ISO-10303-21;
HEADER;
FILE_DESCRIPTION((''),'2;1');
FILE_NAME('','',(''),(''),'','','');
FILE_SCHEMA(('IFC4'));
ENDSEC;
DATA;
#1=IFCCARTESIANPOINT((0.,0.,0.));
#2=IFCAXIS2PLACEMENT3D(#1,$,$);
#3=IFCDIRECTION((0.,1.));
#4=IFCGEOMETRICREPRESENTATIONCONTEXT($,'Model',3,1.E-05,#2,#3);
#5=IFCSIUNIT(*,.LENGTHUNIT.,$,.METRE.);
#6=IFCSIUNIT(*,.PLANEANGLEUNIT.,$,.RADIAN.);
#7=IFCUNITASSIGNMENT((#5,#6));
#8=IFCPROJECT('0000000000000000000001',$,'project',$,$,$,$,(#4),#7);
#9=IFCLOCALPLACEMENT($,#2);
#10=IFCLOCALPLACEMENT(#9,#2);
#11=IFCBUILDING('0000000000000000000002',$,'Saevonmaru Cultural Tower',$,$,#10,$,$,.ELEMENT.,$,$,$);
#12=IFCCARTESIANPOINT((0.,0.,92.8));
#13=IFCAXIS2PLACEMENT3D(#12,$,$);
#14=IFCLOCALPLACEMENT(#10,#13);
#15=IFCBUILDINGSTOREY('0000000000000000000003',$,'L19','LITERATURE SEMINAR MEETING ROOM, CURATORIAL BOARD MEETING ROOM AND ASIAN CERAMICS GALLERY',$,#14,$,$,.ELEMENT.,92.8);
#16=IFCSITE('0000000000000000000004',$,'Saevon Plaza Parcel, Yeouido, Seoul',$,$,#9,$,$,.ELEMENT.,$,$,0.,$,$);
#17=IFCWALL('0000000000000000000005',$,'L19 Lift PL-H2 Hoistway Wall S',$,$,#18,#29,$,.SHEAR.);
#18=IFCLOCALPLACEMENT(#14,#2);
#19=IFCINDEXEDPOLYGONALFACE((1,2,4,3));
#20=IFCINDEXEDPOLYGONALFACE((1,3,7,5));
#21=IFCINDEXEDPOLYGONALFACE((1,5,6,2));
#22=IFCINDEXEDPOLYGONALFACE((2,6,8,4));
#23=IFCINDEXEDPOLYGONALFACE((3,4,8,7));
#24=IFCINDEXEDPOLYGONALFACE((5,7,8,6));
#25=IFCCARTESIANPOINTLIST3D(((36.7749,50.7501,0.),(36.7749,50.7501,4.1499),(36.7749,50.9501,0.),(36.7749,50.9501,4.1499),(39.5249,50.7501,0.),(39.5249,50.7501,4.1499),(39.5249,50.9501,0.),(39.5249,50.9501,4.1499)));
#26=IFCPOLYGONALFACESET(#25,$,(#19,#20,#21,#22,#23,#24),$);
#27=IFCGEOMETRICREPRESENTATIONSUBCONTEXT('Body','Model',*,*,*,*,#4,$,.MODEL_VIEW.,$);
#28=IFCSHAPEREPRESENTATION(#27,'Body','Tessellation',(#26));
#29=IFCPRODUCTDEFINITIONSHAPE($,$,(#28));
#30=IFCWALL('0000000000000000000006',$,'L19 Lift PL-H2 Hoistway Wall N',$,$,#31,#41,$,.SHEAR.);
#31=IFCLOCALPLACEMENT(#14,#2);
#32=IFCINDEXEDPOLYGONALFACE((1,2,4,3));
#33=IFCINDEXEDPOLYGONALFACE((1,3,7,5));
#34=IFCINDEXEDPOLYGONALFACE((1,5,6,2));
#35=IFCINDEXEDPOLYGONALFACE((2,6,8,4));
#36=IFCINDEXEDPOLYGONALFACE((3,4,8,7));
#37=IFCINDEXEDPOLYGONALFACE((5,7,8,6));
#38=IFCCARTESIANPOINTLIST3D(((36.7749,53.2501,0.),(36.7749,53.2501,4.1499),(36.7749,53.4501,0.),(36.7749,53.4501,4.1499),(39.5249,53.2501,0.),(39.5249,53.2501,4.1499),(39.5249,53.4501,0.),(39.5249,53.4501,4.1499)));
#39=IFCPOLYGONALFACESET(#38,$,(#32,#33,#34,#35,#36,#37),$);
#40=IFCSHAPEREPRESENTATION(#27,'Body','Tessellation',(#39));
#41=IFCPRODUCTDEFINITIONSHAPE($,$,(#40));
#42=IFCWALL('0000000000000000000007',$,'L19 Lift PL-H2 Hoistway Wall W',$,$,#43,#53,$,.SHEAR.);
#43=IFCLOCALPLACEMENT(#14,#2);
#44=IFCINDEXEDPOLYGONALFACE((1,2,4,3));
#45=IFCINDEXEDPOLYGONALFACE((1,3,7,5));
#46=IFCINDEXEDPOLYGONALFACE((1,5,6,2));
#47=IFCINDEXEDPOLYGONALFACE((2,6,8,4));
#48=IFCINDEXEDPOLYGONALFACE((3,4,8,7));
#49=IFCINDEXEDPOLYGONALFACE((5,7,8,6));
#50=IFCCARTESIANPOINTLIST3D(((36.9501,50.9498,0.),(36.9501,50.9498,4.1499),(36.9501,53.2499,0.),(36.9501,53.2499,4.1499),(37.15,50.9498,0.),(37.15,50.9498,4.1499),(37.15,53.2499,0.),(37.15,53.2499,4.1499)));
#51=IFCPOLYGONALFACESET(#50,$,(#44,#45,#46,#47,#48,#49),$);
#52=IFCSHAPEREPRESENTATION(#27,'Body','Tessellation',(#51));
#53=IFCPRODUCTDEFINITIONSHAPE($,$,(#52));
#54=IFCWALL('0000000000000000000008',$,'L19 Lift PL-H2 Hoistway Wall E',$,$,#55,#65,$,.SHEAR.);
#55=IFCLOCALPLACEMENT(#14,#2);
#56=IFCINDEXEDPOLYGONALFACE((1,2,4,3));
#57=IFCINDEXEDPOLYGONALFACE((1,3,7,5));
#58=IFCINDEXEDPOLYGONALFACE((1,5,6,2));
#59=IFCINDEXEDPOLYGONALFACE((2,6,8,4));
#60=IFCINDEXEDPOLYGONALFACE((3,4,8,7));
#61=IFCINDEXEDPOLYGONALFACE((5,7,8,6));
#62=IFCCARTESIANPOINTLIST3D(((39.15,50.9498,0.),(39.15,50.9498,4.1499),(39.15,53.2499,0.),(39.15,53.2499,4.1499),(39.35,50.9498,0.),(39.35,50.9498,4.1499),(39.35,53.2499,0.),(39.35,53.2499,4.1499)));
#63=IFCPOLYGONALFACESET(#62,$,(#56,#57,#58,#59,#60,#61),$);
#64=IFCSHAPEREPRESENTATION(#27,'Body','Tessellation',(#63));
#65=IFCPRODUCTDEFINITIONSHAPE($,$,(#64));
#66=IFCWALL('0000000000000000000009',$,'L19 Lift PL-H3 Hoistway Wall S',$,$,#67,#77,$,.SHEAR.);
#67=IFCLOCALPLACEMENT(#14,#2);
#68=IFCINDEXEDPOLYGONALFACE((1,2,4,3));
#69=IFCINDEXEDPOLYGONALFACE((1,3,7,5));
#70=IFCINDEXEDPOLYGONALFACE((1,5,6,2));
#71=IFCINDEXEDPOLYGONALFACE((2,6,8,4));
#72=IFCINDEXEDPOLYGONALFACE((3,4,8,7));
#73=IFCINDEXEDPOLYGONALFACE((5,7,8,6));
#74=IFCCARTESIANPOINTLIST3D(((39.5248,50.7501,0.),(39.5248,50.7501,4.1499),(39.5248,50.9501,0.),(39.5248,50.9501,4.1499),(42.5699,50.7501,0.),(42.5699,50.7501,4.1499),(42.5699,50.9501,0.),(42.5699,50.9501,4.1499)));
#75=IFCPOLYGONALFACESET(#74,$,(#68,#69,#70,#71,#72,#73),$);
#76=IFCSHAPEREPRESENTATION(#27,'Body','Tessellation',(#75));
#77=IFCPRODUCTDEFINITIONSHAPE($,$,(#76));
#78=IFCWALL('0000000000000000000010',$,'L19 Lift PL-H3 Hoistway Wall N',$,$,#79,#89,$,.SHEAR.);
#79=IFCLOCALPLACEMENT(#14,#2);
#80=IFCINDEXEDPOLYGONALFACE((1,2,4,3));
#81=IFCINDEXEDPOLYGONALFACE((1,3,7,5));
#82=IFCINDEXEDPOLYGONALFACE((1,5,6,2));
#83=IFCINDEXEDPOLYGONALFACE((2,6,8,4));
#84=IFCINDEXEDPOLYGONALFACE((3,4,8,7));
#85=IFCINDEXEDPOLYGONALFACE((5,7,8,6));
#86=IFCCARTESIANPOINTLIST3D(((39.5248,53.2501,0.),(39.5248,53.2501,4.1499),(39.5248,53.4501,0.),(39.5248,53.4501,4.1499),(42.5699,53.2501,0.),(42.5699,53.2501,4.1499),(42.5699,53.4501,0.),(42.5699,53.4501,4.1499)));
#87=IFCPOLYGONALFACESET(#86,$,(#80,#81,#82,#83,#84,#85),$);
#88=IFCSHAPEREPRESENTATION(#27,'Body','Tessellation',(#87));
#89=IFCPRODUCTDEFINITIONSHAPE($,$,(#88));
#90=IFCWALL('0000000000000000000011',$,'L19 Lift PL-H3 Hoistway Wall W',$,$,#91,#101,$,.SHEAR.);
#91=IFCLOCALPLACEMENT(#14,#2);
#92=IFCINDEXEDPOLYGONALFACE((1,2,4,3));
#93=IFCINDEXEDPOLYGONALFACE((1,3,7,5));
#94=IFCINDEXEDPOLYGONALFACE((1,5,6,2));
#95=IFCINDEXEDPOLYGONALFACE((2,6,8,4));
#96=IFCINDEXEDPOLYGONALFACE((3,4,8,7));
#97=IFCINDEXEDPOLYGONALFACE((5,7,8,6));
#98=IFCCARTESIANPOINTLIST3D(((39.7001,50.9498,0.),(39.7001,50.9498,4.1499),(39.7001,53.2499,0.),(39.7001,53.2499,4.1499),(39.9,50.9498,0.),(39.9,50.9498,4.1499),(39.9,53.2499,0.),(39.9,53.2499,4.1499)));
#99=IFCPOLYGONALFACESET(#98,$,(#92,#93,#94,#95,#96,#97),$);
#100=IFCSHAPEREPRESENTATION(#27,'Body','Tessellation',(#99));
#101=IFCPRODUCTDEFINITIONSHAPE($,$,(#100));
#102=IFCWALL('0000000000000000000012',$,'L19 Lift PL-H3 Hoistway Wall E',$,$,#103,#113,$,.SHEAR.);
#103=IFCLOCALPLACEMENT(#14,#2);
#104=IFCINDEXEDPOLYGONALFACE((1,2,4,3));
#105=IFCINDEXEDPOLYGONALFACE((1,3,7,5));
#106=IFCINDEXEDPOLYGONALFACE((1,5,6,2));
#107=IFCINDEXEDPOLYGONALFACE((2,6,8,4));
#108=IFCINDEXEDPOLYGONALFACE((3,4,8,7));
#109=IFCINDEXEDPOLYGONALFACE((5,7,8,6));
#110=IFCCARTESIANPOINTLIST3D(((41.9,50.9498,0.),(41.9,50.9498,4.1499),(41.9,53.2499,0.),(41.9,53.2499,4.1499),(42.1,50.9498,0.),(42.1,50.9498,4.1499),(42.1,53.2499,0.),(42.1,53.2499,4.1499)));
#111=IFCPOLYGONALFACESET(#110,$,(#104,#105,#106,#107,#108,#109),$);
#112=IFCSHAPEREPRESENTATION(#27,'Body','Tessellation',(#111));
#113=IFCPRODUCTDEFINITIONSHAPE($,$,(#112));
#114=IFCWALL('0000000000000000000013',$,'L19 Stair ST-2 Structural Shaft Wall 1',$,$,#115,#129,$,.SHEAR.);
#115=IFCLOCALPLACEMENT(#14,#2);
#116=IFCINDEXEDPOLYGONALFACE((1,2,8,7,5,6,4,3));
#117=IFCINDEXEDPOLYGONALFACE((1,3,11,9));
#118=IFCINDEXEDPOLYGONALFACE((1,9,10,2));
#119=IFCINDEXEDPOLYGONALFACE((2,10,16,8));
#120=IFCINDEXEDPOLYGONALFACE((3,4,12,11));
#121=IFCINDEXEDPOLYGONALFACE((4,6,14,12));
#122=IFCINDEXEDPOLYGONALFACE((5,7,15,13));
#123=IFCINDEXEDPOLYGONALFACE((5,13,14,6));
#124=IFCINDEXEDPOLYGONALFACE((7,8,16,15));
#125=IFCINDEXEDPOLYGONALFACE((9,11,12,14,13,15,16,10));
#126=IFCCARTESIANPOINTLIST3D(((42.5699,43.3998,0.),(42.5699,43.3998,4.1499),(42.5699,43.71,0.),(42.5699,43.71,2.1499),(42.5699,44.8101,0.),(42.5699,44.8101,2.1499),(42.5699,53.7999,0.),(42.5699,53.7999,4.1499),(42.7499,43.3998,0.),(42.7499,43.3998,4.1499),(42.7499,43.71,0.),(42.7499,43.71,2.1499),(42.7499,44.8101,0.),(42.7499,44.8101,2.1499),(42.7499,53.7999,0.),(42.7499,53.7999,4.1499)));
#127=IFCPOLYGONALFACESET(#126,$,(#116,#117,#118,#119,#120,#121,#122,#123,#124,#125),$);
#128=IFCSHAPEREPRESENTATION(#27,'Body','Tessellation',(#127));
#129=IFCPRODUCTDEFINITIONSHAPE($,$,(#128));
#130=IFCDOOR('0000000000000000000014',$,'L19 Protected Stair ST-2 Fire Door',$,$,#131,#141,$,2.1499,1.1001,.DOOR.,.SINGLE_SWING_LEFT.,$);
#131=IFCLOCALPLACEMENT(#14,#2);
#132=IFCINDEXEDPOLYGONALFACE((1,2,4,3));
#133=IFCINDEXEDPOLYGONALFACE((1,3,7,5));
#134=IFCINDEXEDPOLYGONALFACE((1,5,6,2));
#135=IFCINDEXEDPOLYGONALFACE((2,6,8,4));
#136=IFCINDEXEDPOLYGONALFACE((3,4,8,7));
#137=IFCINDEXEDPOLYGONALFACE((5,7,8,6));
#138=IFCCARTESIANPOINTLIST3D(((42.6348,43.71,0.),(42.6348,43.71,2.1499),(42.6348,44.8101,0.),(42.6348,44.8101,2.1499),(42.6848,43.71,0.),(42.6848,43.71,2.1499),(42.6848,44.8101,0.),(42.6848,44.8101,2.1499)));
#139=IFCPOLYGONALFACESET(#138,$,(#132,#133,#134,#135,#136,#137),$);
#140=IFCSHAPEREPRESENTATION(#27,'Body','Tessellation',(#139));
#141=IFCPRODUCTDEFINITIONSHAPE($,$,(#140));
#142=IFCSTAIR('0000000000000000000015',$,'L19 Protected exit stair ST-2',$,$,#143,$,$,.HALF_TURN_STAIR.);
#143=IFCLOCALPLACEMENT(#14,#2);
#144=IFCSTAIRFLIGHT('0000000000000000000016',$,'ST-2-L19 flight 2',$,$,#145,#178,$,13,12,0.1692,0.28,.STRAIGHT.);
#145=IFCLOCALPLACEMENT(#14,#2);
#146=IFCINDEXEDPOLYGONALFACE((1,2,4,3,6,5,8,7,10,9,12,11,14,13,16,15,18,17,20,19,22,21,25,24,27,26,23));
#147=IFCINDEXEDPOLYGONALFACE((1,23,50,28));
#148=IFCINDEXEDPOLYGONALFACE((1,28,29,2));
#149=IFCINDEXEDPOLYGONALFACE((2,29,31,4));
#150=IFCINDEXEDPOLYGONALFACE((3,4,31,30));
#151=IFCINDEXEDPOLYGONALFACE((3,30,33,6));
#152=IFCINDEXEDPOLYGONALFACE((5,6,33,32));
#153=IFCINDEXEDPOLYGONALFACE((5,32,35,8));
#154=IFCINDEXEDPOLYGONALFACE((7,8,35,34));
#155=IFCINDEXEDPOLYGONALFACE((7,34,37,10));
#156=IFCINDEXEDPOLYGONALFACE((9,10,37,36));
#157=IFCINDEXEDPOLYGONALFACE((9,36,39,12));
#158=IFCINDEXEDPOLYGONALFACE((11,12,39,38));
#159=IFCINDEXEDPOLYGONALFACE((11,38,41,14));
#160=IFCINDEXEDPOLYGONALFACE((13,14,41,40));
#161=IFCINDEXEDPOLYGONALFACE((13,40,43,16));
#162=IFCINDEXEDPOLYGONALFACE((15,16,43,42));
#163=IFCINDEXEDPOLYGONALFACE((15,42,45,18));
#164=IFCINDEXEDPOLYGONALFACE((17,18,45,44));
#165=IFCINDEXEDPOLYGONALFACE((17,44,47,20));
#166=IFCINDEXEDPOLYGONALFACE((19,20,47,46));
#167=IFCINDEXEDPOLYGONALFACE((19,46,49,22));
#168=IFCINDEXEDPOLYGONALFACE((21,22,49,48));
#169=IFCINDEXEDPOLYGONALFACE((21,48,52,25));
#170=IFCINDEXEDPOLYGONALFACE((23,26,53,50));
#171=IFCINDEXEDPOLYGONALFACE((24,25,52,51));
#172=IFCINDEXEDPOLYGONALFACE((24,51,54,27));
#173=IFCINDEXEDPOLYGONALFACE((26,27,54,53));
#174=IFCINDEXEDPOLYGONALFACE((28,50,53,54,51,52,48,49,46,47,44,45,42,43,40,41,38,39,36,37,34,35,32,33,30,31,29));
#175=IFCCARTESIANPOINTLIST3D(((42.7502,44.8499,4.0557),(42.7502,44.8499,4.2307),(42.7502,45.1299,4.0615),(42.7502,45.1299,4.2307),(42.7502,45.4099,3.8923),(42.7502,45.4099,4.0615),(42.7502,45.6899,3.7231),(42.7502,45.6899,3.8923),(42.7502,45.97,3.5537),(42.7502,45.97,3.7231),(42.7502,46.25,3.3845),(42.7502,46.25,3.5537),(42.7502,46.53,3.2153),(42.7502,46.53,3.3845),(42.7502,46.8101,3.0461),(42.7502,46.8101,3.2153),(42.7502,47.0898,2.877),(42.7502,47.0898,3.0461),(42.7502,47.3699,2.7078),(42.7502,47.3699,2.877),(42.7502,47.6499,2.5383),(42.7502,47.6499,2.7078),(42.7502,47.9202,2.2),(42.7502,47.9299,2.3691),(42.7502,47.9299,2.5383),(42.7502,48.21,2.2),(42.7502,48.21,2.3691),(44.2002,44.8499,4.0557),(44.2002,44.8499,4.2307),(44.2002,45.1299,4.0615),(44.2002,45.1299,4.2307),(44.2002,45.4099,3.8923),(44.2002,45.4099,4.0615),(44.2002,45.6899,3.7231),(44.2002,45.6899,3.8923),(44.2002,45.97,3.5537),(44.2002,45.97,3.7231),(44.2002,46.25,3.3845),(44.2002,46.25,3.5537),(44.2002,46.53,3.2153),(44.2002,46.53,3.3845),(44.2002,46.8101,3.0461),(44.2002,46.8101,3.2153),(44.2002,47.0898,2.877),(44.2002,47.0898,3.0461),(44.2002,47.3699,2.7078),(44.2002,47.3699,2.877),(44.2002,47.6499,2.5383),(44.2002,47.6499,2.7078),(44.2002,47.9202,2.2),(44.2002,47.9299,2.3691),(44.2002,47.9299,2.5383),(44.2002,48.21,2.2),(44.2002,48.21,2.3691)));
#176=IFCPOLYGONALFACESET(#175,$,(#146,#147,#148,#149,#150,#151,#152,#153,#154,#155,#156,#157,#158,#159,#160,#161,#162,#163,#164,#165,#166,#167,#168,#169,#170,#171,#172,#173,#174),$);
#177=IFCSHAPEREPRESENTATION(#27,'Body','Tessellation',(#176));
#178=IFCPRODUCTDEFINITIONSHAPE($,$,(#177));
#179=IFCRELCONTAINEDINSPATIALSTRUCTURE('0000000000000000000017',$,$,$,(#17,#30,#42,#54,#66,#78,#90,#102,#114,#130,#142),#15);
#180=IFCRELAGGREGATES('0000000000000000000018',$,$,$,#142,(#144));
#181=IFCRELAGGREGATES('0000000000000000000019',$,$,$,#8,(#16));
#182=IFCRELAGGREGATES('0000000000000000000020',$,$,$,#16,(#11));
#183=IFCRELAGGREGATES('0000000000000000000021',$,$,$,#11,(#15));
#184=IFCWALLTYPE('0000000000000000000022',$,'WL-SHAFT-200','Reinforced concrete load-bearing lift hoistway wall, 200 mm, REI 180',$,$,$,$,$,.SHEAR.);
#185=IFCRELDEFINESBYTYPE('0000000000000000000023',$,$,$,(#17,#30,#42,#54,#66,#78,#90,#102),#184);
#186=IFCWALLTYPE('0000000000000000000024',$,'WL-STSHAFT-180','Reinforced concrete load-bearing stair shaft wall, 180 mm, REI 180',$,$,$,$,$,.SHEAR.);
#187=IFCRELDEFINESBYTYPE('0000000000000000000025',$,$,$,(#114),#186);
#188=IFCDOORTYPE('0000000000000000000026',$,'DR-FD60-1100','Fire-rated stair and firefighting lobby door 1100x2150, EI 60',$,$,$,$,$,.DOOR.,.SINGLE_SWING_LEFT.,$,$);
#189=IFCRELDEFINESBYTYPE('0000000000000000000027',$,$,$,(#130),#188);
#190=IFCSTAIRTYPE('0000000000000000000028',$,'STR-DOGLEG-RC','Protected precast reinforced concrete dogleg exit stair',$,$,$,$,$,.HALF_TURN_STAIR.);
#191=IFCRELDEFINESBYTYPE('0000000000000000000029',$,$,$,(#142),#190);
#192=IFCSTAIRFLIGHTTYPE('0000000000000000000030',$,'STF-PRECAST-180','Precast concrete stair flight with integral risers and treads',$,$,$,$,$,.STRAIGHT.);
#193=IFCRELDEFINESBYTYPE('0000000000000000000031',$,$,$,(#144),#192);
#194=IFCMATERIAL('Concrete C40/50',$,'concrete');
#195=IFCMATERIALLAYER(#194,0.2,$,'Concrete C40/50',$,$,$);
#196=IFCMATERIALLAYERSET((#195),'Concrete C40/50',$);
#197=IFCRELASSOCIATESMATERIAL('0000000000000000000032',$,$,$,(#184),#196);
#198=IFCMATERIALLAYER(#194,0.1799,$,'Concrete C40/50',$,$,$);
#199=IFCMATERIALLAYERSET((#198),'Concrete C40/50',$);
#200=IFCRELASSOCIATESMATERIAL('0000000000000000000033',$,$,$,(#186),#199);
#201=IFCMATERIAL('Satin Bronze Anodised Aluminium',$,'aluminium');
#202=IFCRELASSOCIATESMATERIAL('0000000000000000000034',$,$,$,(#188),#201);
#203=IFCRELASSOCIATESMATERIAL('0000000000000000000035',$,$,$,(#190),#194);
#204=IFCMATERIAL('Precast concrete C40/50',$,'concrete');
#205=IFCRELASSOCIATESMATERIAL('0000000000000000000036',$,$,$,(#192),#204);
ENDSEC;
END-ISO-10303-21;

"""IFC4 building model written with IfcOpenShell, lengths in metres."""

from ifc_helpers import new_model, si_unit, direction, frame, frame_2d, origin, place, context, subcontext, project, spatial, polyline, rectangle, outline, extrude, material, layer, layer_set, type_object, element, fill, aggregate, save


model = new_model("IFC4")

# Units and contexts
model_context = context("Model", 3, precision=1e-05, world=origin(), true_north=direction((0.0, 1.0)))
body_context = subcontext(model_context, "Body", "Model", "MODEL_VIEW")
ifc_project = project(units=[si_unit("LENGTHUNIT", "METRE"), si_unit("PLANEANGLEUNIT", "RADIAN")], contexts=[model_context])

# Site, building, storey
site_placement = place(None, origin())
site = spatial("IfcSite", under=ifc_project, at=site_placement, Name="Saevon Plaza Parcel, Yeouido, Seoul", CompositionType="ELEMENT", RefElevation=0.0)
building_placement = place(site_placement, origin())
building = spatial("IfcBuilding", under=site, at=building_placement, Name="Saevonmaru Cultural Tower", CompositionType="ELEMENT")
storey_placement = place(building_placement, frame((0.0, 0.0, 92.8)))
storey = spatial("IfcBuildingStorey", under=building, at=storey_placement, Name="L19", Description="LITERATURE SEMINAR MEETING ROOM, CURATORIAL BOARD MEETING ROOM AND ASIAN CERAMICS GALLERY", CompositionType="ELEMENT", Elevation=92.8)

# Shared definitions
ifc_material_1 = material(Name="Satin Bronze Anodised Aluminium", Category="aluminium")

# Shared definitions
ifc_material_2 = material(Name="Concrete C40/50", Category="concrete")
ifc_layer_1 = layer(ifc_material_2, 0.2, Name="Concrete C40/50")
ifc_layer_set_1 = layer_set([ifc_layer_1], Name="Concrete C40/50")
wall_type_1 = type_object("IfcWallType", Name="WL-SHAFT-200", Description="Reinforced concrete load-bearing lift hoistway wall, 200 mm, REI 180", PredefinedType="SHEAR", material=ifc_layer_set_1)

# Walls
for number, where, z_axis, x_axis, name in (
    (1, (36.7749, 50.8501, 0.0), (0.0, 0.0, 1.0), (1.0, 0.0, 0.0), "L19 Lift PL-H2 Hoistway Wall S"),
    (2, (36.7749, 53.3501, 0.0), (0.0, 0.0, 1.0), (1.0, 0.0, 0.0), "L19 Lift PL-H2 Hoistway Wall N"),
):
    element("IfcWall", number, at=place(storey_placement, frame(where, z_axis=z_axis, x_axis=x_axis)), inside=storey, type_object=wall_type_1, Name=name, PredefinedType="SHEAR", context=body_context, shape_type="SweptSolid", body=[
        extrude(rectangle(XDim=2.75, YDim=0.2, at=frame_2d((1.375, 0.0))), origin(), (0.0, 0.0, 1.0), 4.1499),
    ])
for number, where, z_axis, x_axis, name in (
    (3, (37.05, 50.95, 0.0), (0.0, 0.0, 1.0), (0.0, 1.0, 0.0), "L19 Lift PL-H2 Hoistway Wall W"),
    (4, (39.25, 50.95, 0.0), (0.0, 0.0, 1.0), (0.0, 1.0, 0.0), "L19 Lift PL-H2 Hoistway Wall E"),
):
    element("IfcWall", number, at=place(storey_placement, frame(where, z_axis=z_axis, x_axis=x_axis)), inside=storey, type_object=wall_type_1, Name=name, PredefinedType="SHEAR", context=body_context, shape_type="SweptSolid", body=[
        extrude(rectangle(XDim=2.3, YDim=0.2, at=frame_2d((1.1499, 0.0))), origin(), (0.0, 0.0, 1.0), 4.1499),
    ])
for number, where, z_axis, x_axis, name in (
    (5, (39.5249, 50.8501, 0.0), (0.0, 0.0, 1.0), (1.0, 0.0, 0.0), "L19 Lift PL-H3 Hoistway Wall S"),
    (6, (39.5249, 53.3501, 0.0), (0.0, 0.0, 1.0), (1.0, 0.0, 0.0), "L19 Lift PL-H3 Hoistway Wall N"),
):
    element("IfcWall", number, at=place(storey_placement, frame(where, z_axis=z_axis, x_axis=x_axis)), inside=storey, type_object=wall_type_1, Name=name, PredefinedType="SHEAR", context=body_context, shape_type="SweptSolid", body=[
        extrude(rectangle(XDim=3.0452, YDim=0.2, at=frame_2d((1.5225, 0.0))), origin(), (0.0, 0.0, 1.0), 4.1499),
    ])
for number, where, z_axis, x_axis, name in (
    (7, (39.8, 50.95, 0.0), (0.0, 0.0, 1.0), (0.0, 1.0, 0.0), "L19 Lift PL-H3 Hoistway Wall W"),
    (8, (42.0, 50.95, 0.0), (0.0, 0.0, 1.0), (0.0, 1.0, 0.0), "L19 Lift PL-H3 Hoistway Wall E"),
):
    element("IfcWall", number, at=place(storey_placement, frame(where, z_axis=z_axis, x_axis=x_axis)), inside=storey, type_object=wall_type_1, Name=name, PredefinedType="SHEAR", context=body_context, shape_type="SweptSolid", body=[
        extrude(rectangle(XDim=2.3, YDim=0.2, at=frame_2d((1.1499, 0.0))), origin(), (0.0, 0.0, 1.0), 4.1499),
    ])

# Wall, opening, door
ifc_layer_2 = layer(ifc_material_2, 0.1799, Name="Concrete C40/50")
ifc_layer_set_2 = layer_set([ifc_layer_2], Name="Concrete C40/50")
wall_type_2 = type_object("IfcWallType", Name="WL-STSHAFT-180", Description="Reinforced concrete load-bearing stair shaft wall, 180 mm, REI 180", PredefinedType="SHEAR", material=ifc_layer_set_2)
wall_1_placement = place(storey_placement, frame((42.6599, 53.8, 0.0), z_axis=(0.0, 0.0, 1.0), x_axis=(0.0, -1.0, 0.0)))
wall_1 = element("IfcWall", 9, at=wall_1_placement, inside=storey, type_object=wall_type_2, Name="L19 Stair ST-2 Structural Shaft Wall 1", PredefinedType="SHEAR", context=body_context, shape_type="SweptSolid", body=[
    extrude(rectangle(XDim=10.4001, YDim=0.1799, at=frame_2d((5.2002, 0.0))), origin(), (0.0, 0.0, 1.0), 4.1499),
])
opening_1_placement = place(wall_1_placement, frame((8.99, 0.0, 0.0)))
opening_1 = element("IfcOpeningElement", 10, at=opening_1_placement, cuts=wall_1, PredefinedType="OPENING", context=body_context, shape_type="SweptSolid", body=[
    extrude(rectangle(XDim=1.1001, YDim=2.1499, at=frame_2d((0.55, 1.075))), frame((0.0, 0.1001, 0.0), z_axis=(0.0, -1.0, 0.0), x_axis=(1.0, 0.0, 0.0)), (0.0, 0.0, 1.0), 0.2),
])
door_type_1 = type_object("IfcDoorType", Name="DR-FD60-1100", Description="Fire-rated stair and firefighting lobby door 1100x2150, EI 60", OperationType="SINGLE_SWING_LEFT", PredefinedType="DOOR", material=ifc_material_1)
door_1_placement = place(opening_1_placement, origin())
door_1 = element("IfcDoor", 11, at=door_1_placement, inside=storey, type_object=door_type_1, Name="L19 Protected Stair ST-2 Fire Door", OperationType="SINGLE_SWING_LEFT", OverallHeight=2.1499, OverallWidth=1.1001, PredefinedType="DOOR", context=body_context, shape_type="SweptSolid", body=[
    extrude(rectangle(XDim=1.1001, YDim=2.1499, at=frame_2d((0.55, 1.075))), frame((0.0, 0.0249, 0.0), z_axis=(0.0, -1.0, 0.0), x_axis=(1.0, 0.0, 0.0)), (0.0, 0.0, 1.0), 0.05),
])
fill(opening_1, door_1)

# Stair, stair flight
stair_type = type_object("IfcStairType", Name="STR-DOGLEG-RC", Description="Protected precast reinforced concrete dogleg exit stair", PredefinedType="HALF_TURN_STAIR", material=ifc_material_2)
stair_placement = place(storey_placement, origin())
stair = element("IfcStair", 12, at=stair_placement, inside=storey, type_object=stair_type, Name="L19 Protected exit stair ST-2", PredefinedType="HALF_TURN_STAIR")
ifc_material_3 = material(Name="Precast concrete C40/50", Category="concrete")
stair_flight_type = type_object("IfcStairFlightType", Name="STF-PRECAST-180", Description="Precast concrete stair flight with integral risers and treads", PredefinedType="STRAIGHT", material=ifc_material_3)
stair_flight_placement = place(storey_placement, frame((43.4751, 48.21, 2.2), z_axis=(0.0, 0.0, 1.0), x_axis=(0.0, -1.0, 0.0)))
stair_flight = element("IfcStairFlight", 13, at=stair_flight_placement, type_object=stair_flight_type, Name="ST-2-L19 flight 2", NumberOfRisers=13, NumberOfTreads=12, PredefinedType="STRAIGHT", RiserHeight=0.1692, TreadLength=0.28, context=body_context, shape_type="SweptSolid", body=[
    extrude(outline(polyline([(0.0, 0.0), (0.0, 0.1692), (0.28, 0.1692), (0.28, 0.3384), (0.5601, 0.3384), (0.5601, 0.5078), (0.8401, 0.5078), (0.8401, 0.677), (1.1201, 0.677), (1.1201, 0.8462), (1.3999, 0.8462), (1.3999, 1.0154), (1.6799, 1.0154), (1.6799, 1.1846), (1.96, 1.1846), (1.96, 1.3538), (2.24, 1.3538), (2.24, 1.5232), (2.52, 1.5232), (2.52, 1.6924), (2.8, 1.6924), (2.8, 1.8616), (3.0801, 1.8616), (3.0801, 2.0308), (3.3601, 2.0308), (3.3601, 2.2), (3.3601, 1.8557), (0.2898, 0.0), (0.0, 0.0)])), frame((0.0, 0.7251, 0.0), z_axis=(0.0, -1.0, 0.0), x_axis=(1.0, 0.0, 0.0)), (0.0, 0.0, 1.0), 1.45),
])
aggregate(stair, [stair_flight])

save(model, "model.ifc")
